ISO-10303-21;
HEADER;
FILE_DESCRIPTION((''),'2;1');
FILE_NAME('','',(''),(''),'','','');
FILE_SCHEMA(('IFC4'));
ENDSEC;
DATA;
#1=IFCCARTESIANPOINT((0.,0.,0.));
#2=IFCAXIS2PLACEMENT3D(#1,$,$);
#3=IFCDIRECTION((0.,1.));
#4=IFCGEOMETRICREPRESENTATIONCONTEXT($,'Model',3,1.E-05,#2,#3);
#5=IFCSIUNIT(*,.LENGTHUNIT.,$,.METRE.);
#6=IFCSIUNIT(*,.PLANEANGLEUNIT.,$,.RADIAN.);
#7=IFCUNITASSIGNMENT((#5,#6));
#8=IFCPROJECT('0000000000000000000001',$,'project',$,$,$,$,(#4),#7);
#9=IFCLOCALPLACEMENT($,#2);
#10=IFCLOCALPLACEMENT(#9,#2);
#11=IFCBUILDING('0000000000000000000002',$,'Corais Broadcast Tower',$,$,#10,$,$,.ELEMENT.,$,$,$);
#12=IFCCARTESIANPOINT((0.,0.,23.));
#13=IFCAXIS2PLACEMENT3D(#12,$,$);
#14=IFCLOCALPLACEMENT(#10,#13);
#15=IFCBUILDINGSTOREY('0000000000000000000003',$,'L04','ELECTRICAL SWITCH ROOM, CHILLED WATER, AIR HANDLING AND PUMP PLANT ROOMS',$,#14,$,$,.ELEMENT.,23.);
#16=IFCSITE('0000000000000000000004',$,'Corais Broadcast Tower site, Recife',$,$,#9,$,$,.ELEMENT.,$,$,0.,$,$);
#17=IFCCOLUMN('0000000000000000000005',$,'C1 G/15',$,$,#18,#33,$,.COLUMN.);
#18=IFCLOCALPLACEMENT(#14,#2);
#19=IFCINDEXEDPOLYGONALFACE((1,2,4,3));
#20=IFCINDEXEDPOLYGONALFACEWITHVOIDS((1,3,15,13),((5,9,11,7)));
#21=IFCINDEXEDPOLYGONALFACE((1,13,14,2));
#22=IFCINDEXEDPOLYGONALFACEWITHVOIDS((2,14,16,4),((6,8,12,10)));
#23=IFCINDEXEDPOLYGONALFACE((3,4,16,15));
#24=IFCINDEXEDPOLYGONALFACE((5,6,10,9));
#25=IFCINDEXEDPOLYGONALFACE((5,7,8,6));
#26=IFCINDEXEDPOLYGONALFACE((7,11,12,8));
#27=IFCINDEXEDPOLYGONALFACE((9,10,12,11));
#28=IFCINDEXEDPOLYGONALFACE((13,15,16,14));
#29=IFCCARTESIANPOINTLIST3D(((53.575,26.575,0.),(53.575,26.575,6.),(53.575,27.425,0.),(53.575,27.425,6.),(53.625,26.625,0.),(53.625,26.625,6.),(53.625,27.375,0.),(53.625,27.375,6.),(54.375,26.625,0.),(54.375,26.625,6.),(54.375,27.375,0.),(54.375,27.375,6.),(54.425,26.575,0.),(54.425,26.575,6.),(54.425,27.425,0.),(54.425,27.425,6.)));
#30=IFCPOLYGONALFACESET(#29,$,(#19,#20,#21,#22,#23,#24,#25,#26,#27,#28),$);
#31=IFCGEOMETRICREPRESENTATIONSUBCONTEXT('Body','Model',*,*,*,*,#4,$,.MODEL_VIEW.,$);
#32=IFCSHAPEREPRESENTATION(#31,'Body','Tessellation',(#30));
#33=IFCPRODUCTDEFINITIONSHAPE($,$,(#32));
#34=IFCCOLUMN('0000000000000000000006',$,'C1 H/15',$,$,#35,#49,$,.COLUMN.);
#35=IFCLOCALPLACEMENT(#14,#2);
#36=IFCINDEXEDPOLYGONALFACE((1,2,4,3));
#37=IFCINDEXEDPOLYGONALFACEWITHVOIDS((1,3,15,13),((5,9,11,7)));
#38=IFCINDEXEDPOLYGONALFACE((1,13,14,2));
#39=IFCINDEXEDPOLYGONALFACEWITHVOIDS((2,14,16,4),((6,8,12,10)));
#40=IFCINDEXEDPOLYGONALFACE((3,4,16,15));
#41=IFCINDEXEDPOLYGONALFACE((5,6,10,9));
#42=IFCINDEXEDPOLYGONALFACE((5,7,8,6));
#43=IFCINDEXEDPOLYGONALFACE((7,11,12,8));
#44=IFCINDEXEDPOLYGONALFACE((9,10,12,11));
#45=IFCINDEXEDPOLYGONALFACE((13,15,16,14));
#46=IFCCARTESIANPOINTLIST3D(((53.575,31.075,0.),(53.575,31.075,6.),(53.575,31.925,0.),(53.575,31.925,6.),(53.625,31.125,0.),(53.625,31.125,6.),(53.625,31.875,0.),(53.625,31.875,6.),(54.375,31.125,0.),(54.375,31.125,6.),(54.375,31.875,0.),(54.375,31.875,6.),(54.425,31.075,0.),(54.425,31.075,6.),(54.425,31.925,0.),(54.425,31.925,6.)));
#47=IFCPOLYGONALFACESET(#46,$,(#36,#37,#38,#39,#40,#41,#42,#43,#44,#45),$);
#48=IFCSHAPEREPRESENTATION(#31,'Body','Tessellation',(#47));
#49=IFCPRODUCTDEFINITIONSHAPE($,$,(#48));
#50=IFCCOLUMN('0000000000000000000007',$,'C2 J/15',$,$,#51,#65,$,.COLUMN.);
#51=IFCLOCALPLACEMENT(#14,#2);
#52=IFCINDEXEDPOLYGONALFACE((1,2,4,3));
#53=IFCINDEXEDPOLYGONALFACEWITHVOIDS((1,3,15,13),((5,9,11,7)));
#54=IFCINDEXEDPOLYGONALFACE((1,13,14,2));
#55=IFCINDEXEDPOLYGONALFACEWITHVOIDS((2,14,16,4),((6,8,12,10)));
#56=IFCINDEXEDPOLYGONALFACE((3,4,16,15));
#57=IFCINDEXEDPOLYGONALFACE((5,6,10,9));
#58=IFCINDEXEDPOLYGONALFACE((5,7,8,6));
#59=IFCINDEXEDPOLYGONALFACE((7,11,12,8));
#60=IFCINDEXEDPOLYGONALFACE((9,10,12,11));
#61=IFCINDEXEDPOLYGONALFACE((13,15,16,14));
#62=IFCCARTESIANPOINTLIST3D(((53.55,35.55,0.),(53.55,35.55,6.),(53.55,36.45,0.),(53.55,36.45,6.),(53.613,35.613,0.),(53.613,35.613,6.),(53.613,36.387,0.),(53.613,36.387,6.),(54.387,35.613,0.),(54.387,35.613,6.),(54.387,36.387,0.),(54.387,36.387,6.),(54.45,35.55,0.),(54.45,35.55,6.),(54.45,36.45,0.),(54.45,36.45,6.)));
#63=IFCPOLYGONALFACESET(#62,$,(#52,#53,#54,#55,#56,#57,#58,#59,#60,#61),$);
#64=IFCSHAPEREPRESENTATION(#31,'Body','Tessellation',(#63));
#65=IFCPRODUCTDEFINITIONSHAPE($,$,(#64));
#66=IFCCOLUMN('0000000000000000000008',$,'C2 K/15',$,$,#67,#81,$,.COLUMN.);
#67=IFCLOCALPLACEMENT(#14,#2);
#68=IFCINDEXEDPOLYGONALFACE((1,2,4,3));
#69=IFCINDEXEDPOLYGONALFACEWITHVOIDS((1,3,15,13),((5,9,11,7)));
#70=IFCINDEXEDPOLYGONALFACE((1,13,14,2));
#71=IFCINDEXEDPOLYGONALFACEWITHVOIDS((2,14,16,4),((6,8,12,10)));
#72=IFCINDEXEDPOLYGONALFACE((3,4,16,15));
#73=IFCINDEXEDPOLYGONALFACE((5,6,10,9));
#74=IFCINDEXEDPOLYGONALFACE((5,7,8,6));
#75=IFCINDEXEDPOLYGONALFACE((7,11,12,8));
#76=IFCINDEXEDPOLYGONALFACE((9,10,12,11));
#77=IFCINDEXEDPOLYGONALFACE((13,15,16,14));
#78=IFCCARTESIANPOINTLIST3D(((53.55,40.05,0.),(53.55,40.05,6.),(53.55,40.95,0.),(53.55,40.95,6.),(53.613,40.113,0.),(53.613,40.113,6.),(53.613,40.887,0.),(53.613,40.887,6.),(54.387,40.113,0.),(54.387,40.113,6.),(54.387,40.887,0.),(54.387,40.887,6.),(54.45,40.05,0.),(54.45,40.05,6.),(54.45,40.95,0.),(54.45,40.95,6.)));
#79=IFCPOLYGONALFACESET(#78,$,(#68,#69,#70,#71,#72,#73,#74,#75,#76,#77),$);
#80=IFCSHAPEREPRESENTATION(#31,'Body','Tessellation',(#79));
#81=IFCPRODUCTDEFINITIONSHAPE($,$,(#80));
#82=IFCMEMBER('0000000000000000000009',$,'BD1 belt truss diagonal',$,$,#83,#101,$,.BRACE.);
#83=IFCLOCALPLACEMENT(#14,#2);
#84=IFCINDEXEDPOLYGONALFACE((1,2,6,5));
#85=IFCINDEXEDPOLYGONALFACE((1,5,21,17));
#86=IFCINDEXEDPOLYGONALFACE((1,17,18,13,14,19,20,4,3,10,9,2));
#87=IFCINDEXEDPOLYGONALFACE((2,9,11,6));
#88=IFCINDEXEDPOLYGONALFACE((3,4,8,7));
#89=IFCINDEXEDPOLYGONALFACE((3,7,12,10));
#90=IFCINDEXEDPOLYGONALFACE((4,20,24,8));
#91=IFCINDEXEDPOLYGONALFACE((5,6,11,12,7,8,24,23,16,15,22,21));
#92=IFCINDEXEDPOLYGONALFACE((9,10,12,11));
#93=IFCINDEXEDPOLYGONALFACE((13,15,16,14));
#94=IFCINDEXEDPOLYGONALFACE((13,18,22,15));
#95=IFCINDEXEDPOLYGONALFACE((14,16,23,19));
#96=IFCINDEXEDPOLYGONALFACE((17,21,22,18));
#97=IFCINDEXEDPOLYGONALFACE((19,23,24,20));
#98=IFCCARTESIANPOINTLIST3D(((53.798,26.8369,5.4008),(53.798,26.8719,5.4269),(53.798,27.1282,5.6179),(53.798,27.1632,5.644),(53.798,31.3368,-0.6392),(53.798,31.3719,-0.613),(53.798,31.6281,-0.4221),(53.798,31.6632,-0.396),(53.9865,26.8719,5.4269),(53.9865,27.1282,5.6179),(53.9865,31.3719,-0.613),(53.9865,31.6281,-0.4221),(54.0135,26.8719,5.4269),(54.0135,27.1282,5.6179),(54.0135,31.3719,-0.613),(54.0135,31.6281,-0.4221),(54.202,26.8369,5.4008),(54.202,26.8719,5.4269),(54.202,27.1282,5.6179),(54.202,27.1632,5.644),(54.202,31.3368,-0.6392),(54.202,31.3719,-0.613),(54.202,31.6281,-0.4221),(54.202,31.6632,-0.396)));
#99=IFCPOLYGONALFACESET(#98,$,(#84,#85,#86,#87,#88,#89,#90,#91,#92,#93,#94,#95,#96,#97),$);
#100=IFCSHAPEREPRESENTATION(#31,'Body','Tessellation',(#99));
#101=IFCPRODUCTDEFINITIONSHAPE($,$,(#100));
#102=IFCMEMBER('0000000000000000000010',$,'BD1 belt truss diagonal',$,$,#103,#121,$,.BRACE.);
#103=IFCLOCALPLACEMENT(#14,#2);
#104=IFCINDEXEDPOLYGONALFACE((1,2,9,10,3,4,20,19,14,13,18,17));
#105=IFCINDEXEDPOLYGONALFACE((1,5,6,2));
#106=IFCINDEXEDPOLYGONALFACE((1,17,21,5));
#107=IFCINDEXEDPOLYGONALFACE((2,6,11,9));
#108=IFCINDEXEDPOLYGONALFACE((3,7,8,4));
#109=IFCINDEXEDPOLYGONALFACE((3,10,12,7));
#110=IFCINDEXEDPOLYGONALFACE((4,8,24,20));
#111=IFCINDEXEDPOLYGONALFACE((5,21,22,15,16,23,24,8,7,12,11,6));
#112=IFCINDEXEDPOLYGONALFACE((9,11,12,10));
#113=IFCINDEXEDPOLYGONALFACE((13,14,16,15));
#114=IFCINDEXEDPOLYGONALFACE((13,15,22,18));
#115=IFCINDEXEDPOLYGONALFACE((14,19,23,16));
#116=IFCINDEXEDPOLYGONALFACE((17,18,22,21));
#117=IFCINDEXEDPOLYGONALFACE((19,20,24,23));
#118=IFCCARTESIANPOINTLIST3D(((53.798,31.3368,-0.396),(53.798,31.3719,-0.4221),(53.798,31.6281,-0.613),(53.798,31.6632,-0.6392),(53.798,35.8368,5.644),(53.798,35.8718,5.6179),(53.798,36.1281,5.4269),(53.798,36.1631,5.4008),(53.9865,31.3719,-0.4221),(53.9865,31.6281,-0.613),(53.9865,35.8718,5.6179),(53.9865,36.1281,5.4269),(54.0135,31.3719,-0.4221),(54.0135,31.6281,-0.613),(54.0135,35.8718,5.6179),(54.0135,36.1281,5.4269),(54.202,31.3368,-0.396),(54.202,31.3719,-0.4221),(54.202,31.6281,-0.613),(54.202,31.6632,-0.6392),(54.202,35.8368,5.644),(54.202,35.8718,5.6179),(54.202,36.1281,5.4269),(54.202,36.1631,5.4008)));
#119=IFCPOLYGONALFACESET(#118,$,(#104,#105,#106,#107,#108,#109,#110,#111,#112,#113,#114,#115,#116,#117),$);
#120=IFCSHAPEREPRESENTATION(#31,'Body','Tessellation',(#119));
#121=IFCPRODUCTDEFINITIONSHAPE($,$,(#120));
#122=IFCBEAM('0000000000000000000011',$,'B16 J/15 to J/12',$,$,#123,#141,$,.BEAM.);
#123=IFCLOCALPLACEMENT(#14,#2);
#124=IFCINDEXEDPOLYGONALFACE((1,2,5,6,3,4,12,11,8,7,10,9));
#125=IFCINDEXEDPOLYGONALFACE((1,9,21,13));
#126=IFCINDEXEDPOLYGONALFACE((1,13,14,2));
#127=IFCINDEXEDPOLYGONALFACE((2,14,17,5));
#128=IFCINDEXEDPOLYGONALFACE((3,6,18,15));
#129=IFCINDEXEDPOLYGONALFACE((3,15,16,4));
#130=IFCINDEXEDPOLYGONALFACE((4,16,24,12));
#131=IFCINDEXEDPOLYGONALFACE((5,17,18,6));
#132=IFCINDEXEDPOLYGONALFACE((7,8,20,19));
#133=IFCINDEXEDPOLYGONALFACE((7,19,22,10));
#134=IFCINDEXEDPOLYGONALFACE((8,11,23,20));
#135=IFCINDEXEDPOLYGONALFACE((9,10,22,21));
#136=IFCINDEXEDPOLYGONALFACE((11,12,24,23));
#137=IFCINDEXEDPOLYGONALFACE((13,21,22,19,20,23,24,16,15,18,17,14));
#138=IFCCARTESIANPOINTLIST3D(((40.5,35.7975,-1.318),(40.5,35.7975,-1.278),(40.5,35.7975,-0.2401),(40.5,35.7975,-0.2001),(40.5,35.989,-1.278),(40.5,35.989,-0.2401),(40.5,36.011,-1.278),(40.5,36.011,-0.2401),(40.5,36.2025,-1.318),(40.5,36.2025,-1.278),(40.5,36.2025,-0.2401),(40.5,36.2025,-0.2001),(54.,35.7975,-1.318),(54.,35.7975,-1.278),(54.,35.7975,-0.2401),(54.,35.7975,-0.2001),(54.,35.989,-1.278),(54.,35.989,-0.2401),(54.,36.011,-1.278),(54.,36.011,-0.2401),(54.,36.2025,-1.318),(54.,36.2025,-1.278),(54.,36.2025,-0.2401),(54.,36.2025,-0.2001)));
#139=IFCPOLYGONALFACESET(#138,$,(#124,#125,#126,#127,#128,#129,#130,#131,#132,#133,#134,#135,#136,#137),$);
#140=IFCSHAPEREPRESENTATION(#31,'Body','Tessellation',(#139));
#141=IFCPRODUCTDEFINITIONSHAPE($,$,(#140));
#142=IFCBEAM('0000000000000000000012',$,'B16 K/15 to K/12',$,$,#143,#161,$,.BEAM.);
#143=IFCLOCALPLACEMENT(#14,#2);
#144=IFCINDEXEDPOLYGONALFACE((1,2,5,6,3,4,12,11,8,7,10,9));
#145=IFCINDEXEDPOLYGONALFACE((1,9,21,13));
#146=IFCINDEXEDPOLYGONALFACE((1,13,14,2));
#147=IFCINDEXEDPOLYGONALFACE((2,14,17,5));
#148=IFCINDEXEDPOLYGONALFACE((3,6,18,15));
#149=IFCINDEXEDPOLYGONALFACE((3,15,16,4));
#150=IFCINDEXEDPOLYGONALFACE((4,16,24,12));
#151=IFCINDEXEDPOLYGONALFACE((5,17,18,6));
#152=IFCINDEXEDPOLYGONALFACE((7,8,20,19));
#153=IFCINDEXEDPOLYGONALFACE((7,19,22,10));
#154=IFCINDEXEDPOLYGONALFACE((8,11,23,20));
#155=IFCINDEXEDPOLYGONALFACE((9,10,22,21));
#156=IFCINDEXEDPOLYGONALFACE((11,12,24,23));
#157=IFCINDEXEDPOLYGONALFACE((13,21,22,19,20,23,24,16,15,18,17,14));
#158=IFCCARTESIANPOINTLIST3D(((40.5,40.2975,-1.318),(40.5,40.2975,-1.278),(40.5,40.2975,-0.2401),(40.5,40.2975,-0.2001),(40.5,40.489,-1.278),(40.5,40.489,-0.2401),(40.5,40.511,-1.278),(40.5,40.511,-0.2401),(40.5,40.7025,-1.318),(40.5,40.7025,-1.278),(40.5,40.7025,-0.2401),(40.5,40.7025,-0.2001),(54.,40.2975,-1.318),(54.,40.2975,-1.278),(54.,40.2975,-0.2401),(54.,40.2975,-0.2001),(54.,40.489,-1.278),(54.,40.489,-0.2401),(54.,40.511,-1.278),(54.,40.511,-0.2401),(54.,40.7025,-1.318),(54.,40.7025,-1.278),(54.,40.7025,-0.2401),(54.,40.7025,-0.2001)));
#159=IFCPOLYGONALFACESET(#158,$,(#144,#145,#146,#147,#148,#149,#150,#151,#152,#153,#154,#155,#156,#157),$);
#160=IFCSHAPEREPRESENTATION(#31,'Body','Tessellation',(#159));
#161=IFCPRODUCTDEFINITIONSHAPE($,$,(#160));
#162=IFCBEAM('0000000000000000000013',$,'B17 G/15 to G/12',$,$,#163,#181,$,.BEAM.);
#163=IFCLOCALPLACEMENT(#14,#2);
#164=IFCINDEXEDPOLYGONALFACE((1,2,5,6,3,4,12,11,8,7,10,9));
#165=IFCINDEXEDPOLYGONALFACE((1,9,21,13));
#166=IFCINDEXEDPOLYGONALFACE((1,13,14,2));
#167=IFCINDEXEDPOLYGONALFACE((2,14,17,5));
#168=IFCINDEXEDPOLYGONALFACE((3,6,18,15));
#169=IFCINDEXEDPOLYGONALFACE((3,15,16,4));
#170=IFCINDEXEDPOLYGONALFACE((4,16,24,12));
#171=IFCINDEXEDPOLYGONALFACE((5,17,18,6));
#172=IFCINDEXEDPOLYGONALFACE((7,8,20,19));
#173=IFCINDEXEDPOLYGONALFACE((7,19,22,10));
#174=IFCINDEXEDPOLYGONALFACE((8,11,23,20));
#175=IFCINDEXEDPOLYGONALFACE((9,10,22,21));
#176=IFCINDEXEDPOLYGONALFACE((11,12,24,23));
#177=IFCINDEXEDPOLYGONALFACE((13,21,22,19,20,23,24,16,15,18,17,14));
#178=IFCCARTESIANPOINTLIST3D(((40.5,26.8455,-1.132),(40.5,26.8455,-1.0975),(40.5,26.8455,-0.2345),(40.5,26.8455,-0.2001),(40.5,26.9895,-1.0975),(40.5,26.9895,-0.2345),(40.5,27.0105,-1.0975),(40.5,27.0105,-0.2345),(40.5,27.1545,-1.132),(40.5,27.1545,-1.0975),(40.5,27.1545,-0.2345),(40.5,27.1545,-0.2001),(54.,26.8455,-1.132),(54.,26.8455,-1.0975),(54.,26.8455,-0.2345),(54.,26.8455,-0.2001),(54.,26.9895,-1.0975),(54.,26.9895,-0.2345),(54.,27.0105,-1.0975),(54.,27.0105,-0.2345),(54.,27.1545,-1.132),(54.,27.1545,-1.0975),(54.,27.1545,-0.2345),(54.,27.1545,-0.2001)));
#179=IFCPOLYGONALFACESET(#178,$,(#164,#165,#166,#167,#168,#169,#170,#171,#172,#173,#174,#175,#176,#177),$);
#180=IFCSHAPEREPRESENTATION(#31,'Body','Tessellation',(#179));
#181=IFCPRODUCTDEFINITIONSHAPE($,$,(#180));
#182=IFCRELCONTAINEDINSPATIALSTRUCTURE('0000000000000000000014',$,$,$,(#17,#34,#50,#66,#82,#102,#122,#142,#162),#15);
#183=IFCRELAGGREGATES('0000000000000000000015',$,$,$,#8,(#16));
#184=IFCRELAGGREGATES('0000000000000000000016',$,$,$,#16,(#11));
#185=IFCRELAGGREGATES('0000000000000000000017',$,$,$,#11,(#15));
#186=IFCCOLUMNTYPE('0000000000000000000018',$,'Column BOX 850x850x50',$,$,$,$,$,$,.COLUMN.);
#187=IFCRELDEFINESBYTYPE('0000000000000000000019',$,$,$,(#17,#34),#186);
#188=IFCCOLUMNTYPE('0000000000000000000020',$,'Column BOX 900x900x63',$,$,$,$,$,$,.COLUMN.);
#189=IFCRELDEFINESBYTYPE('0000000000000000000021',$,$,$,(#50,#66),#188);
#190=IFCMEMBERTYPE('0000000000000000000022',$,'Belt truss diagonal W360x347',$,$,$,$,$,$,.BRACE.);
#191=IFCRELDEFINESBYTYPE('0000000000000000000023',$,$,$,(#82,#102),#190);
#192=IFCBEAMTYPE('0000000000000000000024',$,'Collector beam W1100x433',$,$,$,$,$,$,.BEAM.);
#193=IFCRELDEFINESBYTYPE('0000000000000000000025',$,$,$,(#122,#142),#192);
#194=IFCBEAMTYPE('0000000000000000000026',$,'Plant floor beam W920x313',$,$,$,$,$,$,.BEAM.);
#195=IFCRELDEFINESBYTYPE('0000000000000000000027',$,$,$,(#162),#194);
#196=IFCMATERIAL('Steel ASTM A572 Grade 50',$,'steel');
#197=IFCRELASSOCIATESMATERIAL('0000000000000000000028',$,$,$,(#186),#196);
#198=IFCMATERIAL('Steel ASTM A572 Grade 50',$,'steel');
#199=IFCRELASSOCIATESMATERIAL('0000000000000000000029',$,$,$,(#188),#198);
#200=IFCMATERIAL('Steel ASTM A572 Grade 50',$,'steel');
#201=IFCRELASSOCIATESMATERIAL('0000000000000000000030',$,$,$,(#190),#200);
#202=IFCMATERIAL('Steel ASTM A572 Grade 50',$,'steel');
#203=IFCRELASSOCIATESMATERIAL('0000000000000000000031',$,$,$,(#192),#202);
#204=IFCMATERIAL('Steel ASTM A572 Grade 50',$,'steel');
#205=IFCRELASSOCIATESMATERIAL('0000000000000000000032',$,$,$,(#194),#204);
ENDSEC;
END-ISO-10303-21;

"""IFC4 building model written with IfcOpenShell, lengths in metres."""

from ifc_helpers import new_model, si_unit, direction, frame, origin, origin_2d, place, context, subcontext, project, spatial, hollow_rectangle, i_section, extrude, material, material_profile, profile_set, type_object, element, save


model = new_model("IFC4")

# Units and contexts
model_context = context("Model", 3, precision=1e-05, world=origin(), true_north=direction((0.0, 1.0)))
body_context = subcontext(model_context, "Body", "Model", "MODEL_VIEW")
ifc_project = project(units=[si_unit("LENGTHUNIT", "METRE"), si_unit("PLANEANGLEUNIT", "RADIAN")], contexts=[model_context])

# Site, building, storey
site_placement = place(None, origin())
site = spatial("IfcSite", under=ifc_project, at=site_placement, Name="Corais Broadcast Tower site, Recife", CompositionType="ELEMENT", RefElevation=0.0)
building_placement = place(site_placement, origin())
building = spatial("IfcBuilding", under=site, at=building_placement, Name="Corais Broadcast Tower", CompositionType="ELEMENT")
storey_placement = place(building_placement, frame((0.0, 0.0, 23.0)))
storey = spatial("IfcBuildingStorey", under=building, at=storey_placement, Name="L04", Description="ELECTRICAL SWITCH ROOM, CHILLED WATER, AIR HANDLING AND PUMP PLANT ROOMS", CompositionType="ELEMENT", Elevation=23.0)

# Columns
ifc_material_1 = material(Name="Steel ASTM A572 Grade 50", Category="steel")
ifc_material_profile_1 = material_profile(ifc_material_1, hollow_rectangle(XDim=0.8501, YDim=0.8501, WallThickness=0.05, at=origin_2d()), Name="BOX 850x850x50")
ifc_profile_set_1 = profile_set([ifc_material_profile_1], Name="Steel ASTM A572 Grade 50")
column_type_1 = type_object("IfcColumnType", Name="Column BOX 850x850x50", PredefinedType="COLUMN", material=ifc_profile_set_1)
for number, where, z_axis, x_axis, name in (
    (1, (54.0, 27.0, 0.0), (0.0, 0.0, 1.0), (1.0, 0.0, 0.0), "C1 G/15"),
    (2, (54.0, 31.5, 0.0), (0.0, 0.0, 1.0), (1.0, 0.0, 0.0), "C1 H/15"),
):
    element("IfcColumn", number, at=place(storey_placement, frame(where, z_axis=z_axis, x_axis=x_axis)), inside=storey, type_object=column_type_1, Name=name, PredefinedType="COLUMN", context=body_context, shape_type="SweptSolid", body=[
        extrude(hollow_rectangle(XDim=0.8501, YDim=0.8501, WallThickness=0.05, at=origin_2d()), origin(), (0.0, 0.0, 1.0), 6.0),
    ])
ifc_material_2 = material(Name="Steel ASTM A572 Grade 50", Category="steel")
ifc_material_profile_2 = material_profile(ifc_material_2, hollow_rectangle(XDim=0.8999, YDim=0.8999, WallThickness=0.063, at=origin_2d()), Name="BOX 900x900x63")
ifc_profile_set_2 = profile_set([ifc_material_profile_2], Name="Steel ASTM A572 Grade 50")
column_type_2 = type_object("IfcColumnType", Name="Column BOX 900x900x63", PredefinedType="COLUMN", material=ifc_profile_set_2)
for number, where, z_axis, x_axis, name in (
    (3, (54.0, 36.0, 0.0), (0.0, 0.0, 1.0), (1.0, 0.0, 0.0), "C2 J/15"),
    (4, (54.0, 40.5, 0.0), (0.0, 0.0, 1.0), (1.0, 0.0, 0.0), "C2 K/15"),
):
    element("IfcColumn", number, at=place(storey_placement, frame(where, z_axis=z_axis, x_axis=x_axis)), inside=storey, type_object=column_type_2, Name=name, PredefinedType="COLUMN", context=body_context, shape_type="SweptSolid", body=[
        extrude(hollow_rectangle(XDim=0.8999, YDim=0.8999, WallThickness=0.063, at=origin_2d()), origin(), (0.0, 0.0, 1.0), 6.0),
    ])

# Members
ifc_material_3 = material(Name="Steel ASTM A572 Grade 50", Category="steel")
ifc_material_profile_3 = material_profile(ifc_material_3, i_section(OverallWidth=0.4041, OverallDepth=0.407, WebThickness=0.0271, FlangeThickness=0.0437, at=origin_2d()), Name="W360x347")
ifc_profile_set_3 = profile_set([ifc_material_profile_3], Name="Steel ASTM A572 Grade 50")
member_type = type_object("IfcMemberType", Name="Belt truss diagonal W360x347", PredefinedType="BRACE", material=ifc_profile_set_3)
for number, where, z_axis, x_axis, name in (
    (5, (54.0, 31.5, -0.5176), (0.0, -0.597445, 0.80191), (1.0, 0.0, 0.0), "BD1 belt truss diagonal"),
    (6, (54.0, 31.5, -0.5176), (0.0, 0.597445, 0.80191), (-1.0, 0.0, 0.0), "BD1 belt truss diagonal"),
):
    element("IfcMember", number, at=place(storey_placement, frame(where, z_axis=z_axis, x_axis=x_axis)), inside=storey, type_object=member_type, Name=name, PredefinedType="BRACE", context=body_context, shape_type="SweptSolid", body=[
        extrude(i_section(OverallWidth=0.4041, OverallDepth=0.407, WebThickness=0.0271, FlangeThickness=0.0437, at=origin_2d()), origin(), (0.0, 0.0, 1.0), 7.532),
    ])

# Beams
ifc_material_4 = material(Name="Steel ASTM A572 Grade 50", Category="steel")
ifc_material_profile_4 = material_profile(ifc_material_4, i_section(OverallWidth=0.405, OverallDepth=1.1179, WebThickness=0.022, FlangeThickness=0.04, at=origin_2d()), Name="W1100x433")
ifc_profile_set_4 = profile_set([ifc_material_profile_4], Name="Steel ASTM A572 Grade 50")
beam_type_1 = type_object("IfcBeamType", Name="Collector beam W1100x433", PredefinedType="BEAM", material=ifc_profile_set_4)
for number, where, z_axis, x_axis, name in (
    (7, (54.0, 36.0, -0.759), (-1.0, 0.0, 0.0), (0.0, -1.0, 0.0), "B16 J/15 to J/12"),
    (8, (54.0, 40.5, -0.759), (-1.0, 0.0, 0.0), (0.0, -1.0, 0.0), "B16 K/15 to K/12"),
):
    element("IfcBeam", number, at=place(storey_placement, frame(where, z_axis=z_axis, x_axis=x_axis)), inside=storey, type_object=beam_type_1, Name=name, PredefinedType="BEAM", context=body_context, shape_type="SweptSolid", body=[
        extrude(i_section(OverallWidth=0.405, OverallDepth=1.1179, WebThickness=0.022, FlangeThickness=0.04, at=origin_2d()), origin(), (0.0, 0.0, 1.0), 13.5),
    ])
ifc_material_5 = material(Name="Steel ASTM A572 Grade 50", Category="steel")
ifc_material_profile_5 = material_profile(ifc_material_5, i_section(OverallWidth=0.3091, OverallDepth=0.9319, WebThickness=0.021, FlangeThickness=0.0344, at=origin_2d()), Name="W920x313")
ifc_profile_set_5 = profile_set([ifc_material_profile_5], Name="Steel ASTM A572 Grade 50")
beam_type_2 = type_object("IfcBeamType", Name="Plant floor beam W920x313", PredefinedType="BEAM", material=ifc_profile_set_5)
for number, where, z_axis, x_axis, name in (
    (9, (54.0, 27.0, -0.666), (-1.0, 0.0, 0.0), (0.0, -1.0, 0.0), "B17 G/15 to G/12"),
):
    element("IfcBeam", number, at=place(storey_placement, frame(where, z_axis=z_axis, x_axis=x_axis)), inside=storey, type_object=beam_type_2, Name=name, PredefinedType="BEAM", context=body_context, shape_type="SweptSolid", body=[
        extrude(i_section(OverallWidth=0.3091, OverallDepth=0.9319, WebThickness=0.021, FlangeThickness=0.0344, at=origin_2d()), origin(), (0.0, 0.0, 1.0), 13.5),
    ])

save(model, "model.ifc")
